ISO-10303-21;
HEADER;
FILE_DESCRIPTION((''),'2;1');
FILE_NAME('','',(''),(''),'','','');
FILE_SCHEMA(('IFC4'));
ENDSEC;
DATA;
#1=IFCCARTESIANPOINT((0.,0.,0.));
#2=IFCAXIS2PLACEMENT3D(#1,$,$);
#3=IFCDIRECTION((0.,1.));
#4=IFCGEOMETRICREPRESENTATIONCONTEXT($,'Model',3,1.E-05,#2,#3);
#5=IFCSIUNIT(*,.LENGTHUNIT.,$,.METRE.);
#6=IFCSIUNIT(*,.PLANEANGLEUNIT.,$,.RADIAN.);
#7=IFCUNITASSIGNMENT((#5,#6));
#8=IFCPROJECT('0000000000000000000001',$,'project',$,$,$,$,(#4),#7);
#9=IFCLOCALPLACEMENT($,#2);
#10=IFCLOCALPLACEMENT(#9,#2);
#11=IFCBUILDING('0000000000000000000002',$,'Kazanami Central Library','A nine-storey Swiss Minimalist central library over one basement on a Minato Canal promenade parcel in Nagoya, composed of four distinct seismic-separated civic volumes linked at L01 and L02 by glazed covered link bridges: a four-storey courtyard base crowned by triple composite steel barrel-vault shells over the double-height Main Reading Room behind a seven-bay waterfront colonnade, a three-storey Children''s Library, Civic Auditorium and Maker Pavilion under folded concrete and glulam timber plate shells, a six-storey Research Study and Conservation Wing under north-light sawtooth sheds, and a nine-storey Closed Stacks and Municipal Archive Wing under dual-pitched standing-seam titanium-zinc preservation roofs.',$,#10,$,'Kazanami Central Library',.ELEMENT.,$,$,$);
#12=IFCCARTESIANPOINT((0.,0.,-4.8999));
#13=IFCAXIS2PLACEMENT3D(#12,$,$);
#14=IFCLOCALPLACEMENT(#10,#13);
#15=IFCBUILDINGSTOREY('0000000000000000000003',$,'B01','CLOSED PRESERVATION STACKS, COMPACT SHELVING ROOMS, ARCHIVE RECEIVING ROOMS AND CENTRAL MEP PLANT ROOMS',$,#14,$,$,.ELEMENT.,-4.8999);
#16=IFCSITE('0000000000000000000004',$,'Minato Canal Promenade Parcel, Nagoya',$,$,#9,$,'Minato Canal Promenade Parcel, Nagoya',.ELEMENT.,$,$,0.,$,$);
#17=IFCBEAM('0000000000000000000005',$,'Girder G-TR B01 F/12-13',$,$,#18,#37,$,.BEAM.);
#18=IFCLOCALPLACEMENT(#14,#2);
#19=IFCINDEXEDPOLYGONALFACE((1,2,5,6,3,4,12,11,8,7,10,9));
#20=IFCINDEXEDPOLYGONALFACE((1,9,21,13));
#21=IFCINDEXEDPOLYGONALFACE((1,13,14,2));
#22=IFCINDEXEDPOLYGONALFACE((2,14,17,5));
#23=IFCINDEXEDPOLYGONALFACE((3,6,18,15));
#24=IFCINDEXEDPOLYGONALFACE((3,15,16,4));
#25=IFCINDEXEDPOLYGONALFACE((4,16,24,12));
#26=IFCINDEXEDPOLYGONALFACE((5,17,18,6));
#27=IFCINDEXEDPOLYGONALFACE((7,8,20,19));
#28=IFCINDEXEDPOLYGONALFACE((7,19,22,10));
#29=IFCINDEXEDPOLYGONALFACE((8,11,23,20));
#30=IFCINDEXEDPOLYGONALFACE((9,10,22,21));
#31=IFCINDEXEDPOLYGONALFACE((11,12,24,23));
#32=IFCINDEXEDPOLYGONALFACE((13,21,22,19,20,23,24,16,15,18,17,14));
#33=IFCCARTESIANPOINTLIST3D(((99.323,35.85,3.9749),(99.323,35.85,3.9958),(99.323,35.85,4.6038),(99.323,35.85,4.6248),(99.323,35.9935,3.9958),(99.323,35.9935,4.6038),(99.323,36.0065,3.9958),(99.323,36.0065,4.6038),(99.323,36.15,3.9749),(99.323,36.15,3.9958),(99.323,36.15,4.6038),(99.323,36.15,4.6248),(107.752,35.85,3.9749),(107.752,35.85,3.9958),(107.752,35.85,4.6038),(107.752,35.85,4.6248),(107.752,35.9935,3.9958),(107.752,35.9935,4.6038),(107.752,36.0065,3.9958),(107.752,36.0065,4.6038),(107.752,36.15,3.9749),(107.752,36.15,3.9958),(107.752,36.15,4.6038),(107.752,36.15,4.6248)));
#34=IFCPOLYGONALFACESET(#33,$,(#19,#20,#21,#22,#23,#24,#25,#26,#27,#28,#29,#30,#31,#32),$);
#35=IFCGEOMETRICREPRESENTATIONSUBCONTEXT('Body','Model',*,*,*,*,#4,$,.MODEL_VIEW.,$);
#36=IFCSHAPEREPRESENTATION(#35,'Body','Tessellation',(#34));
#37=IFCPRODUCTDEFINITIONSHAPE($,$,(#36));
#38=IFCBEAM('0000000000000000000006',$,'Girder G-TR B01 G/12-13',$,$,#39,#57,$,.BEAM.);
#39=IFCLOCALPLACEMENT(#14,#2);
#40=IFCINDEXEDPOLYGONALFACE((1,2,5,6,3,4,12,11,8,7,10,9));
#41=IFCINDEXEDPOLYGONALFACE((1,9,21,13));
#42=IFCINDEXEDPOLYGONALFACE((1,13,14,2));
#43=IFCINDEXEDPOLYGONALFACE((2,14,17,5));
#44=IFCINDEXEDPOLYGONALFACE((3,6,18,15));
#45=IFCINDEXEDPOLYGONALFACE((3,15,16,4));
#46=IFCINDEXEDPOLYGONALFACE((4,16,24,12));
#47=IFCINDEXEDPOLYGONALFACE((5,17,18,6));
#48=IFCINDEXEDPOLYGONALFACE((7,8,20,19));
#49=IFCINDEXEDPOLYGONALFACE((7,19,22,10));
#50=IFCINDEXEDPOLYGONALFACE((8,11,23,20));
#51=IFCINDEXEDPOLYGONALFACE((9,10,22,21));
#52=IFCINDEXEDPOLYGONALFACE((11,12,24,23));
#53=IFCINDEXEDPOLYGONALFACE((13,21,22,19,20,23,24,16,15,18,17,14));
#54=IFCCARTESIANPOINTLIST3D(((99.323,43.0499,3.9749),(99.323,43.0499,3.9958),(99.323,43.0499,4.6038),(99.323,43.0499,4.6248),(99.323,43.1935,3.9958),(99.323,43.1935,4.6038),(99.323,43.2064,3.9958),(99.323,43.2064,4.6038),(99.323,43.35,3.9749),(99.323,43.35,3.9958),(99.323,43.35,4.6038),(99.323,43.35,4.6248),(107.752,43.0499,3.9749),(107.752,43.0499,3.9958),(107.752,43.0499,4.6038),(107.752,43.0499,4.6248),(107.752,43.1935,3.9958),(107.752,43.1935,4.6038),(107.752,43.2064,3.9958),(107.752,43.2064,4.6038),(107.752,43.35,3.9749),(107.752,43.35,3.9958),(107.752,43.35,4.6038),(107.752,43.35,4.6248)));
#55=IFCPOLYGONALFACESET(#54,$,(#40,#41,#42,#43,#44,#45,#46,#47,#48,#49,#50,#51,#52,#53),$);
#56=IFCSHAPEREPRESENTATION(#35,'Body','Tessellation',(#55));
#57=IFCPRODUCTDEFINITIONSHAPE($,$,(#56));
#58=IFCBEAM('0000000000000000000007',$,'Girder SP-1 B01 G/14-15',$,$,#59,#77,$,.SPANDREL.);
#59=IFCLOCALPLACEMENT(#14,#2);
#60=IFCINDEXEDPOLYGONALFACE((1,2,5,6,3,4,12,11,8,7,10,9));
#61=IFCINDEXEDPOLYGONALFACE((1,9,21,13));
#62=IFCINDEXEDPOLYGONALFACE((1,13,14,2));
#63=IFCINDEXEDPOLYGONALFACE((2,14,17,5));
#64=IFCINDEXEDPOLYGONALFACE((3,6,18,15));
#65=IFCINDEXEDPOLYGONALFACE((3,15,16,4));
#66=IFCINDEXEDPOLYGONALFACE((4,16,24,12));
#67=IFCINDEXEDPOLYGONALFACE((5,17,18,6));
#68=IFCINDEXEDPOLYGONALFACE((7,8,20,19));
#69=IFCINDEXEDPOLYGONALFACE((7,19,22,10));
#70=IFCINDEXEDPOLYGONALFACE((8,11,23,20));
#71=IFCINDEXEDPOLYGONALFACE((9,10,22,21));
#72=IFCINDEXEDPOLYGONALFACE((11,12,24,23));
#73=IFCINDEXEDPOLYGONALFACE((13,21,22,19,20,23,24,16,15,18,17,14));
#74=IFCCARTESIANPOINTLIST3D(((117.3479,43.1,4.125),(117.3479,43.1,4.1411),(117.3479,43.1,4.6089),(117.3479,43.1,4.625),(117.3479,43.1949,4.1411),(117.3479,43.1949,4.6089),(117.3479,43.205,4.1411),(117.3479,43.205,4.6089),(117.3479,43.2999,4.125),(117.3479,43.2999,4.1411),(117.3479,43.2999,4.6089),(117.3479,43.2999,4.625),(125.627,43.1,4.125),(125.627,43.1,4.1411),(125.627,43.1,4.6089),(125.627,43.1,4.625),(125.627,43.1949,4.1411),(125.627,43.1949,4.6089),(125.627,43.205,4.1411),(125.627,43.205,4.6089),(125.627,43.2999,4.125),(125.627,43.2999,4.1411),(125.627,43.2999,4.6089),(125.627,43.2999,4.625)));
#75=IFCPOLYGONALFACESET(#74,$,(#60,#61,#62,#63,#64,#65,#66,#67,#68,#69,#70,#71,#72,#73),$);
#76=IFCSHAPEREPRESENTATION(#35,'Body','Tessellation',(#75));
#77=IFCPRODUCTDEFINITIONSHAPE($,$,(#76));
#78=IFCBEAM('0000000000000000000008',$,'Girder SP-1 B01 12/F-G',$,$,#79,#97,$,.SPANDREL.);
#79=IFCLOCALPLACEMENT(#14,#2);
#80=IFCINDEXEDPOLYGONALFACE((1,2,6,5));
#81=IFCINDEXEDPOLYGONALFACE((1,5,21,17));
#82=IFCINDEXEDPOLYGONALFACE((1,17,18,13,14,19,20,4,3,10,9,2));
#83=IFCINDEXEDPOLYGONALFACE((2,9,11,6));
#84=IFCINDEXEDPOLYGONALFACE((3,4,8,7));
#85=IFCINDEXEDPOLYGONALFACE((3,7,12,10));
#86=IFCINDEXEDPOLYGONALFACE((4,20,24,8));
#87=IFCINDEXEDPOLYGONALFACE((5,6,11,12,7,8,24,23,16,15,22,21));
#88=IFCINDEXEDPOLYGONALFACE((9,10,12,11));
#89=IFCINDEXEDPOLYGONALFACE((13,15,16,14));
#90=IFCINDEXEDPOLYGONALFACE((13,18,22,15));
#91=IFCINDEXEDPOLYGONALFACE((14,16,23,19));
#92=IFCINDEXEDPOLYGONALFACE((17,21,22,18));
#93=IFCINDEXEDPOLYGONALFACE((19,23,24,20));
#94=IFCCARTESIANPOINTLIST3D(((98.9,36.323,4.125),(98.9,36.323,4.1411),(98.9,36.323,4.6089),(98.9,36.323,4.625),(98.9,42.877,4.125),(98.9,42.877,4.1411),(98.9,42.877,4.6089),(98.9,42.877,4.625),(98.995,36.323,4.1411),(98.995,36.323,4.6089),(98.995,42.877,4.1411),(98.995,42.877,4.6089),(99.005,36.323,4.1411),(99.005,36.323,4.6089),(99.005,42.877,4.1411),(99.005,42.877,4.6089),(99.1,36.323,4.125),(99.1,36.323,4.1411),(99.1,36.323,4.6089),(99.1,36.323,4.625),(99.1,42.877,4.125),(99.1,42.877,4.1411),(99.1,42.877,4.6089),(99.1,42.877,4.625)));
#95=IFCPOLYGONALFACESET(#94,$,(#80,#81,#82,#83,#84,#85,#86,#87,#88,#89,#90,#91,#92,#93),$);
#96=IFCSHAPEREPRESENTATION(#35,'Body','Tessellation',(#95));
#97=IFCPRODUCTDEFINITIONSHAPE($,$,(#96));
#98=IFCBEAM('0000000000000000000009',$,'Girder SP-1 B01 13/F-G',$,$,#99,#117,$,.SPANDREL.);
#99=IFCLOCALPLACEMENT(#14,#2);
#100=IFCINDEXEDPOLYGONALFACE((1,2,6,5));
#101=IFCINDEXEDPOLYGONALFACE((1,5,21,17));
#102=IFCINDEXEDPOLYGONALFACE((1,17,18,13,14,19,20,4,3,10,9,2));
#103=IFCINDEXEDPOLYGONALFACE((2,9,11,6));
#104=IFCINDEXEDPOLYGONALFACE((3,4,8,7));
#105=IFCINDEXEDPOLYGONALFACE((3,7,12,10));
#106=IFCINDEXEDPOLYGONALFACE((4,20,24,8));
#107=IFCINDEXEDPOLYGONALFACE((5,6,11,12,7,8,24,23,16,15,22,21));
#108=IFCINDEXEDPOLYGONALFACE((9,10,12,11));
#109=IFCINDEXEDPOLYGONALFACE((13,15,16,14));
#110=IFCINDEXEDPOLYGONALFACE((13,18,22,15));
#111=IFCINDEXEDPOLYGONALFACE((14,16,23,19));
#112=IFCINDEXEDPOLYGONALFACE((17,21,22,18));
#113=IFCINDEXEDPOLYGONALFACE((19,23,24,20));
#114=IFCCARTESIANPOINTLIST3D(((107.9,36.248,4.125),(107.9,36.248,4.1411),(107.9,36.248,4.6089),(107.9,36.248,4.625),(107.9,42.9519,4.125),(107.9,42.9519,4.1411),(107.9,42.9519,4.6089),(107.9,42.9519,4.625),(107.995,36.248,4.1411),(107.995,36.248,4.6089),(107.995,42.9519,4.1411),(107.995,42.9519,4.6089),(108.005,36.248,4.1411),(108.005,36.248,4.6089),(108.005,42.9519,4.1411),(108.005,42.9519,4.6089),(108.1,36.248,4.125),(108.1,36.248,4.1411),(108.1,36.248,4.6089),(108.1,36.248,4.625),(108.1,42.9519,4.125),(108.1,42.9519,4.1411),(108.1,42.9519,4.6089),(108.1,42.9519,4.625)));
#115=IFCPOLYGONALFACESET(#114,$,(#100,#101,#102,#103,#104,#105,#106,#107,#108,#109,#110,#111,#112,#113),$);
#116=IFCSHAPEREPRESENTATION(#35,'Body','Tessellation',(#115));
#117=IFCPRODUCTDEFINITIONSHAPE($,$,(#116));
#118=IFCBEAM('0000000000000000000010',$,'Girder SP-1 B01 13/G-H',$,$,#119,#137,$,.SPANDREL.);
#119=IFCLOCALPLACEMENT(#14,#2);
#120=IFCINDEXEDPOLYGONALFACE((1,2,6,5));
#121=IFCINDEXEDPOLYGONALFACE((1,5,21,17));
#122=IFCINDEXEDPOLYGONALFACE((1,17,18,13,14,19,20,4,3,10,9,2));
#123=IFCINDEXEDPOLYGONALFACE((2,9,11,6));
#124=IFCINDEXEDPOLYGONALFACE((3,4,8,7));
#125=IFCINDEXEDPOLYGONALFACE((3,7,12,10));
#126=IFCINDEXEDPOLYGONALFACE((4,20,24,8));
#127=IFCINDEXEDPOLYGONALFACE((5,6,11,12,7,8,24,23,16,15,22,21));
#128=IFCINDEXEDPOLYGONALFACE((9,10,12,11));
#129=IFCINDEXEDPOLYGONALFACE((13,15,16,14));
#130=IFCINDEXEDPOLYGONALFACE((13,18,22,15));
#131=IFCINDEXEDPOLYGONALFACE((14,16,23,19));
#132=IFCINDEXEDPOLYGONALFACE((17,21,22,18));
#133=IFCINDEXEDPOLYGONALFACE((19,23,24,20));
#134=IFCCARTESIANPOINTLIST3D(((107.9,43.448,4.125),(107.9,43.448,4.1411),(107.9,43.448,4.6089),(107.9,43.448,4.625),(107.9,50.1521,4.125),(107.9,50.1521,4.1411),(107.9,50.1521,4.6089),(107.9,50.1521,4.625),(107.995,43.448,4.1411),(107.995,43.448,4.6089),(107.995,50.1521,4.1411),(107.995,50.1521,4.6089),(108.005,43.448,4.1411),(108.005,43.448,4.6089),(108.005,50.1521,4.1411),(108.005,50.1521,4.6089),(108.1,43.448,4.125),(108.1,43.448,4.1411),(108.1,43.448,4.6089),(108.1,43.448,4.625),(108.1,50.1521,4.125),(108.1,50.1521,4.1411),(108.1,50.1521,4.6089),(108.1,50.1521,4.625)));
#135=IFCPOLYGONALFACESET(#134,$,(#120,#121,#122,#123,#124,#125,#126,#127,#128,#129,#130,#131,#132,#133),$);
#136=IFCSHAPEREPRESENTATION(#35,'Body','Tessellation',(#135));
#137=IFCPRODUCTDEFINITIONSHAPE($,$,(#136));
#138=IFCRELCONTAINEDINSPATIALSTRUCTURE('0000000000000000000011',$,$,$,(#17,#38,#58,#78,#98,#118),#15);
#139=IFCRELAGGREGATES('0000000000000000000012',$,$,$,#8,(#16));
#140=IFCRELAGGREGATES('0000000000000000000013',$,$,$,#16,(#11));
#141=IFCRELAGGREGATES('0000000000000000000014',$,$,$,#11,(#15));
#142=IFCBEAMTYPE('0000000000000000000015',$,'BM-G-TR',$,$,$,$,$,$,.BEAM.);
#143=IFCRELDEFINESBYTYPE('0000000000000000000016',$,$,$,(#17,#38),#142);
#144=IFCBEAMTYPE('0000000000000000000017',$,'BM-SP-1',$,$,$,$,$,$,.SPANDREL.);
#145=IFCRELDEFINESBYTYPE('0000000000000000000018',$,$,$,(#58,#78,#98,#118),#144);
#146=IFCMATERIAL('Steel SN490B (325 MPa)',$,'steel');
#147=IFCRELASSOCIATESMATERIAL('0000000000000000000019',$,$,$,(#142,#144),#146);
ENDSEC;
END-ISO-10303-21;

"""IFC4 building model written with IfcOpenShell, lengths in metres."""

from ifc_helpers import new_model, si_unit, direction, frame, origin, origin_2d, place, context, subcontext, project, spatial, i_section, extrude, material, material_profile, profile_set, type_object, element, save


model = new_model("IFC4")

# Units and contexts
model_context = context("Model", 3, precision=1e-05, world=origin(), true_north=direction((0.0, 1.0)))
body_context = subcontext(model_context, "Body", "Model", "MODEL_VIEW")
ifc_project = project(units=[si_unit("LENGTHUNIT", "METRE"), si_unit("PLANEANGLEUNIT", "RADIAN")], contexts=[model_context])

# Site, building, storey
site_placement = place(None, origin())
site = spatial("IfcSite", under=ifc_project, at=site_placement, Name="Minato Canal Promenade Parcel, Nagoya", LongName="Minato Canal Promenade Parcel, Nagoya", CompositionType="ELEMENT", RefElevation=0.0)
building_placement = place(site_placement, origin())
building = spatial("IfcBuilding", under=site, at=building_placement, Name="Kazanami Central Library", Description="A nine-storey Swiss Minimalist central library over one basement on a Minato Canal promenade parcel in Nagoya, composed of four distinct seismic-separated civic volumes linked at L01 and L02 by glazed covered link bridges: a four-storey courtyard base crowned by triple composite steel barrel-vault shells over the double-height Main Reading Room behind a seven-bay waterfront colonnade, a three-storey Children's Library, Civic Auditorium and Maker Pavilion under folded concrete and glulam timber plate shells, a six-storey Research Study and Conservation Wing under north-light sawtooth sheds, and a nine-storey Closed Stacks and Municipal Archive Wing under dual-pitched standing-seam titanium-zinc preservation roofs.", LongName="Kazanami Central Library", CompositionType="ELEMENT")
storey_placement = place(building_placement, frame((0.0, 0.0, -4.8999)))
storey = spatial("IfcBuildingStorey", under=building, at=storey_placement, Name="B01", Description="CLOSED PRESERVATION STACKS, COMPACT SHELVING ROOMS, ARCHIVE RECEIVING ROOMS AND CENTRAL MEP PLANT ROOMS", CompositionType="ELEMENT", Elevation=-4.8999)

# Beams
ifc_material_1 = material(Name="Steel SN490B (325 MPa)", Category="steel")
ifc_material_profile_1 = material_profile(ifc_material_1, i_section(OverallWidth=0.3, OverallDepth=0.6499, WebThickness=0.0129, FlangeThickness=0.021, at=origin_2d()), Name="H-650x300x13x21")
ifc_profile_set_1 = profile_set([ifc_material_profile_1], Name="Steel SN490B (325 MPa)")
beam_type_1 = type_object("IfcBeamType", Name="BM-G-TR", PredefinedType="BEAM", material=ifc_profile_set_1)
for number, where, z_axis, x_axis, name in (
    (1, (99.323, 36.0, 4.2998), (1.0, 0.0, 0.0), (0.0, 1.0, 0.0), "Girder G-TR B01 F/12-13"),
    (2, (99.323, 43.2, 4.2998), (1.0, 0.0, 0.0), (0.0, 1.0, 0.0), "Girder G-TR B01 G/12-13"),
):
    element("IfcBeam", number, at=place(storey_placement, frame(where, z_axis=z_axis, x_axis=x_axis)), inside=storey, type_object=beam_type_1, Name=name, PredefinedType="BEAM", context=body_context, shape_type="SweptSolid", body=[
        extrude(i_section(OverallWidth=0.3, OverallDepth=0.6499, WebThickness=0.0129, FlangeThickness=0.021, at=origin_2d()), origin(), (0.0, 0.0, 1.0), 8.429),
    ])
ifc_material_profile_2 = material_profile(ifc_material_1, i_section(OverallWidth=0.2, OverallDepth=0.5, WebThickness=0.01, FlangeThickness=0.0161, at=origin_2d()), Name="H-500x200x10x16")
ifc_profile_set_2 = profile_set([ifc_material_profile_2], Name="Steel SN490B (325 MPa)")
beam_type_2 = type_object("IfcBeamType", Name="BM-SP-1", PredefinedType="SPANDREL", material=ifc_profile_set_2)
beam_1_placement = place(storey_placement, frame((117.3479, 43.2, 4.375), z_axis=(1.0, 0.0, 0.0), x_axis=(0.0, 1.0, 0.0)))
element("IfcBeam", 3, at=beam_1_placement, inside=storey, type_object=beam_type_2, Name="Girder SP-1 B01 G/14-15", PredefinedType="SPANDREL", context=body_context, shape_type="SweptSolid", body=[
    extrude(i_section(OverallWidth=0.2, OverallDepth=0.5, WebThickness=0.01, FlangeThickness=0.0161, at=origin_2d()), origin(), (0.0, 0.0, 1.0), 8.2791),
])
beam_2_placement = place(storey_placement, frame((99.0, 36.323, 4.375), z_axis=(0.0, 1.0, 0.0), x_axis=(-1.0, 0.0, 0.0)))
element("IfcBeam", 4, at=beam_2_placement, inside=storey, type_object=beam_type_2, Name="Girder SP-1 B01 12/F-G", PredefinedType="SPANDREL", context=body_context, shape_type="SweptSolid", body=[
    extrude(i_section(OverallWidth=0.2, OverallDepth=0.5, WebThickness=0.01, FlangeThickness=0.0161, at=origin_2d()), origin(), (0.0, 0.0, 1.0), 6.554),
])
beam_3_placement = place(storey_placement, frame((108.0, 36.248, 4.375), z_axis=(0.0, 1.0, 0.0), x_axis=(-1.0, 0.0, 0.0)))
element("IfcBeam", 5, at=beam_3_placement, inside=storey, type_object=beam_type_2, Name="Girder SP-1 B01 13/F-G", PredefinedType="SPANDREL", context=body_context, shape_type="SweptSolid", body=[
    extrude(i_section(OverallWidth=0.2, OverallDepth=0.5, WebThickness=0.01, FlangeThickness=0.0161, at=origin_2d()), origin(), (0.0, 0.0, 1.0), 6.7039),
])
beam_4_placement = place(storey_placement, frame((108.0, 43.448, 4.375), z_axis=(0.0, 1.0, 0.0), x_axis=(-1.0, 0.0, 0.0)))
element("IfcBeam", 6, at=beam_4_placement, inside=storey, type_object=beam_type_2, Name="Girder SP-1 B01 13/G-H", PredefinedType="SPANDREL", context=body_context, shape_type="SweptSolid", body=[
    extrude(i_section(OverallWidth=0.2, OverallDepth=0.5, WebThickness=0.01, FlangeThickness=0.0161, at=origin_2d()), origin(), (0.0, 0.0, 1.0), 6.7041),
])

save(model, "model.ifc")
